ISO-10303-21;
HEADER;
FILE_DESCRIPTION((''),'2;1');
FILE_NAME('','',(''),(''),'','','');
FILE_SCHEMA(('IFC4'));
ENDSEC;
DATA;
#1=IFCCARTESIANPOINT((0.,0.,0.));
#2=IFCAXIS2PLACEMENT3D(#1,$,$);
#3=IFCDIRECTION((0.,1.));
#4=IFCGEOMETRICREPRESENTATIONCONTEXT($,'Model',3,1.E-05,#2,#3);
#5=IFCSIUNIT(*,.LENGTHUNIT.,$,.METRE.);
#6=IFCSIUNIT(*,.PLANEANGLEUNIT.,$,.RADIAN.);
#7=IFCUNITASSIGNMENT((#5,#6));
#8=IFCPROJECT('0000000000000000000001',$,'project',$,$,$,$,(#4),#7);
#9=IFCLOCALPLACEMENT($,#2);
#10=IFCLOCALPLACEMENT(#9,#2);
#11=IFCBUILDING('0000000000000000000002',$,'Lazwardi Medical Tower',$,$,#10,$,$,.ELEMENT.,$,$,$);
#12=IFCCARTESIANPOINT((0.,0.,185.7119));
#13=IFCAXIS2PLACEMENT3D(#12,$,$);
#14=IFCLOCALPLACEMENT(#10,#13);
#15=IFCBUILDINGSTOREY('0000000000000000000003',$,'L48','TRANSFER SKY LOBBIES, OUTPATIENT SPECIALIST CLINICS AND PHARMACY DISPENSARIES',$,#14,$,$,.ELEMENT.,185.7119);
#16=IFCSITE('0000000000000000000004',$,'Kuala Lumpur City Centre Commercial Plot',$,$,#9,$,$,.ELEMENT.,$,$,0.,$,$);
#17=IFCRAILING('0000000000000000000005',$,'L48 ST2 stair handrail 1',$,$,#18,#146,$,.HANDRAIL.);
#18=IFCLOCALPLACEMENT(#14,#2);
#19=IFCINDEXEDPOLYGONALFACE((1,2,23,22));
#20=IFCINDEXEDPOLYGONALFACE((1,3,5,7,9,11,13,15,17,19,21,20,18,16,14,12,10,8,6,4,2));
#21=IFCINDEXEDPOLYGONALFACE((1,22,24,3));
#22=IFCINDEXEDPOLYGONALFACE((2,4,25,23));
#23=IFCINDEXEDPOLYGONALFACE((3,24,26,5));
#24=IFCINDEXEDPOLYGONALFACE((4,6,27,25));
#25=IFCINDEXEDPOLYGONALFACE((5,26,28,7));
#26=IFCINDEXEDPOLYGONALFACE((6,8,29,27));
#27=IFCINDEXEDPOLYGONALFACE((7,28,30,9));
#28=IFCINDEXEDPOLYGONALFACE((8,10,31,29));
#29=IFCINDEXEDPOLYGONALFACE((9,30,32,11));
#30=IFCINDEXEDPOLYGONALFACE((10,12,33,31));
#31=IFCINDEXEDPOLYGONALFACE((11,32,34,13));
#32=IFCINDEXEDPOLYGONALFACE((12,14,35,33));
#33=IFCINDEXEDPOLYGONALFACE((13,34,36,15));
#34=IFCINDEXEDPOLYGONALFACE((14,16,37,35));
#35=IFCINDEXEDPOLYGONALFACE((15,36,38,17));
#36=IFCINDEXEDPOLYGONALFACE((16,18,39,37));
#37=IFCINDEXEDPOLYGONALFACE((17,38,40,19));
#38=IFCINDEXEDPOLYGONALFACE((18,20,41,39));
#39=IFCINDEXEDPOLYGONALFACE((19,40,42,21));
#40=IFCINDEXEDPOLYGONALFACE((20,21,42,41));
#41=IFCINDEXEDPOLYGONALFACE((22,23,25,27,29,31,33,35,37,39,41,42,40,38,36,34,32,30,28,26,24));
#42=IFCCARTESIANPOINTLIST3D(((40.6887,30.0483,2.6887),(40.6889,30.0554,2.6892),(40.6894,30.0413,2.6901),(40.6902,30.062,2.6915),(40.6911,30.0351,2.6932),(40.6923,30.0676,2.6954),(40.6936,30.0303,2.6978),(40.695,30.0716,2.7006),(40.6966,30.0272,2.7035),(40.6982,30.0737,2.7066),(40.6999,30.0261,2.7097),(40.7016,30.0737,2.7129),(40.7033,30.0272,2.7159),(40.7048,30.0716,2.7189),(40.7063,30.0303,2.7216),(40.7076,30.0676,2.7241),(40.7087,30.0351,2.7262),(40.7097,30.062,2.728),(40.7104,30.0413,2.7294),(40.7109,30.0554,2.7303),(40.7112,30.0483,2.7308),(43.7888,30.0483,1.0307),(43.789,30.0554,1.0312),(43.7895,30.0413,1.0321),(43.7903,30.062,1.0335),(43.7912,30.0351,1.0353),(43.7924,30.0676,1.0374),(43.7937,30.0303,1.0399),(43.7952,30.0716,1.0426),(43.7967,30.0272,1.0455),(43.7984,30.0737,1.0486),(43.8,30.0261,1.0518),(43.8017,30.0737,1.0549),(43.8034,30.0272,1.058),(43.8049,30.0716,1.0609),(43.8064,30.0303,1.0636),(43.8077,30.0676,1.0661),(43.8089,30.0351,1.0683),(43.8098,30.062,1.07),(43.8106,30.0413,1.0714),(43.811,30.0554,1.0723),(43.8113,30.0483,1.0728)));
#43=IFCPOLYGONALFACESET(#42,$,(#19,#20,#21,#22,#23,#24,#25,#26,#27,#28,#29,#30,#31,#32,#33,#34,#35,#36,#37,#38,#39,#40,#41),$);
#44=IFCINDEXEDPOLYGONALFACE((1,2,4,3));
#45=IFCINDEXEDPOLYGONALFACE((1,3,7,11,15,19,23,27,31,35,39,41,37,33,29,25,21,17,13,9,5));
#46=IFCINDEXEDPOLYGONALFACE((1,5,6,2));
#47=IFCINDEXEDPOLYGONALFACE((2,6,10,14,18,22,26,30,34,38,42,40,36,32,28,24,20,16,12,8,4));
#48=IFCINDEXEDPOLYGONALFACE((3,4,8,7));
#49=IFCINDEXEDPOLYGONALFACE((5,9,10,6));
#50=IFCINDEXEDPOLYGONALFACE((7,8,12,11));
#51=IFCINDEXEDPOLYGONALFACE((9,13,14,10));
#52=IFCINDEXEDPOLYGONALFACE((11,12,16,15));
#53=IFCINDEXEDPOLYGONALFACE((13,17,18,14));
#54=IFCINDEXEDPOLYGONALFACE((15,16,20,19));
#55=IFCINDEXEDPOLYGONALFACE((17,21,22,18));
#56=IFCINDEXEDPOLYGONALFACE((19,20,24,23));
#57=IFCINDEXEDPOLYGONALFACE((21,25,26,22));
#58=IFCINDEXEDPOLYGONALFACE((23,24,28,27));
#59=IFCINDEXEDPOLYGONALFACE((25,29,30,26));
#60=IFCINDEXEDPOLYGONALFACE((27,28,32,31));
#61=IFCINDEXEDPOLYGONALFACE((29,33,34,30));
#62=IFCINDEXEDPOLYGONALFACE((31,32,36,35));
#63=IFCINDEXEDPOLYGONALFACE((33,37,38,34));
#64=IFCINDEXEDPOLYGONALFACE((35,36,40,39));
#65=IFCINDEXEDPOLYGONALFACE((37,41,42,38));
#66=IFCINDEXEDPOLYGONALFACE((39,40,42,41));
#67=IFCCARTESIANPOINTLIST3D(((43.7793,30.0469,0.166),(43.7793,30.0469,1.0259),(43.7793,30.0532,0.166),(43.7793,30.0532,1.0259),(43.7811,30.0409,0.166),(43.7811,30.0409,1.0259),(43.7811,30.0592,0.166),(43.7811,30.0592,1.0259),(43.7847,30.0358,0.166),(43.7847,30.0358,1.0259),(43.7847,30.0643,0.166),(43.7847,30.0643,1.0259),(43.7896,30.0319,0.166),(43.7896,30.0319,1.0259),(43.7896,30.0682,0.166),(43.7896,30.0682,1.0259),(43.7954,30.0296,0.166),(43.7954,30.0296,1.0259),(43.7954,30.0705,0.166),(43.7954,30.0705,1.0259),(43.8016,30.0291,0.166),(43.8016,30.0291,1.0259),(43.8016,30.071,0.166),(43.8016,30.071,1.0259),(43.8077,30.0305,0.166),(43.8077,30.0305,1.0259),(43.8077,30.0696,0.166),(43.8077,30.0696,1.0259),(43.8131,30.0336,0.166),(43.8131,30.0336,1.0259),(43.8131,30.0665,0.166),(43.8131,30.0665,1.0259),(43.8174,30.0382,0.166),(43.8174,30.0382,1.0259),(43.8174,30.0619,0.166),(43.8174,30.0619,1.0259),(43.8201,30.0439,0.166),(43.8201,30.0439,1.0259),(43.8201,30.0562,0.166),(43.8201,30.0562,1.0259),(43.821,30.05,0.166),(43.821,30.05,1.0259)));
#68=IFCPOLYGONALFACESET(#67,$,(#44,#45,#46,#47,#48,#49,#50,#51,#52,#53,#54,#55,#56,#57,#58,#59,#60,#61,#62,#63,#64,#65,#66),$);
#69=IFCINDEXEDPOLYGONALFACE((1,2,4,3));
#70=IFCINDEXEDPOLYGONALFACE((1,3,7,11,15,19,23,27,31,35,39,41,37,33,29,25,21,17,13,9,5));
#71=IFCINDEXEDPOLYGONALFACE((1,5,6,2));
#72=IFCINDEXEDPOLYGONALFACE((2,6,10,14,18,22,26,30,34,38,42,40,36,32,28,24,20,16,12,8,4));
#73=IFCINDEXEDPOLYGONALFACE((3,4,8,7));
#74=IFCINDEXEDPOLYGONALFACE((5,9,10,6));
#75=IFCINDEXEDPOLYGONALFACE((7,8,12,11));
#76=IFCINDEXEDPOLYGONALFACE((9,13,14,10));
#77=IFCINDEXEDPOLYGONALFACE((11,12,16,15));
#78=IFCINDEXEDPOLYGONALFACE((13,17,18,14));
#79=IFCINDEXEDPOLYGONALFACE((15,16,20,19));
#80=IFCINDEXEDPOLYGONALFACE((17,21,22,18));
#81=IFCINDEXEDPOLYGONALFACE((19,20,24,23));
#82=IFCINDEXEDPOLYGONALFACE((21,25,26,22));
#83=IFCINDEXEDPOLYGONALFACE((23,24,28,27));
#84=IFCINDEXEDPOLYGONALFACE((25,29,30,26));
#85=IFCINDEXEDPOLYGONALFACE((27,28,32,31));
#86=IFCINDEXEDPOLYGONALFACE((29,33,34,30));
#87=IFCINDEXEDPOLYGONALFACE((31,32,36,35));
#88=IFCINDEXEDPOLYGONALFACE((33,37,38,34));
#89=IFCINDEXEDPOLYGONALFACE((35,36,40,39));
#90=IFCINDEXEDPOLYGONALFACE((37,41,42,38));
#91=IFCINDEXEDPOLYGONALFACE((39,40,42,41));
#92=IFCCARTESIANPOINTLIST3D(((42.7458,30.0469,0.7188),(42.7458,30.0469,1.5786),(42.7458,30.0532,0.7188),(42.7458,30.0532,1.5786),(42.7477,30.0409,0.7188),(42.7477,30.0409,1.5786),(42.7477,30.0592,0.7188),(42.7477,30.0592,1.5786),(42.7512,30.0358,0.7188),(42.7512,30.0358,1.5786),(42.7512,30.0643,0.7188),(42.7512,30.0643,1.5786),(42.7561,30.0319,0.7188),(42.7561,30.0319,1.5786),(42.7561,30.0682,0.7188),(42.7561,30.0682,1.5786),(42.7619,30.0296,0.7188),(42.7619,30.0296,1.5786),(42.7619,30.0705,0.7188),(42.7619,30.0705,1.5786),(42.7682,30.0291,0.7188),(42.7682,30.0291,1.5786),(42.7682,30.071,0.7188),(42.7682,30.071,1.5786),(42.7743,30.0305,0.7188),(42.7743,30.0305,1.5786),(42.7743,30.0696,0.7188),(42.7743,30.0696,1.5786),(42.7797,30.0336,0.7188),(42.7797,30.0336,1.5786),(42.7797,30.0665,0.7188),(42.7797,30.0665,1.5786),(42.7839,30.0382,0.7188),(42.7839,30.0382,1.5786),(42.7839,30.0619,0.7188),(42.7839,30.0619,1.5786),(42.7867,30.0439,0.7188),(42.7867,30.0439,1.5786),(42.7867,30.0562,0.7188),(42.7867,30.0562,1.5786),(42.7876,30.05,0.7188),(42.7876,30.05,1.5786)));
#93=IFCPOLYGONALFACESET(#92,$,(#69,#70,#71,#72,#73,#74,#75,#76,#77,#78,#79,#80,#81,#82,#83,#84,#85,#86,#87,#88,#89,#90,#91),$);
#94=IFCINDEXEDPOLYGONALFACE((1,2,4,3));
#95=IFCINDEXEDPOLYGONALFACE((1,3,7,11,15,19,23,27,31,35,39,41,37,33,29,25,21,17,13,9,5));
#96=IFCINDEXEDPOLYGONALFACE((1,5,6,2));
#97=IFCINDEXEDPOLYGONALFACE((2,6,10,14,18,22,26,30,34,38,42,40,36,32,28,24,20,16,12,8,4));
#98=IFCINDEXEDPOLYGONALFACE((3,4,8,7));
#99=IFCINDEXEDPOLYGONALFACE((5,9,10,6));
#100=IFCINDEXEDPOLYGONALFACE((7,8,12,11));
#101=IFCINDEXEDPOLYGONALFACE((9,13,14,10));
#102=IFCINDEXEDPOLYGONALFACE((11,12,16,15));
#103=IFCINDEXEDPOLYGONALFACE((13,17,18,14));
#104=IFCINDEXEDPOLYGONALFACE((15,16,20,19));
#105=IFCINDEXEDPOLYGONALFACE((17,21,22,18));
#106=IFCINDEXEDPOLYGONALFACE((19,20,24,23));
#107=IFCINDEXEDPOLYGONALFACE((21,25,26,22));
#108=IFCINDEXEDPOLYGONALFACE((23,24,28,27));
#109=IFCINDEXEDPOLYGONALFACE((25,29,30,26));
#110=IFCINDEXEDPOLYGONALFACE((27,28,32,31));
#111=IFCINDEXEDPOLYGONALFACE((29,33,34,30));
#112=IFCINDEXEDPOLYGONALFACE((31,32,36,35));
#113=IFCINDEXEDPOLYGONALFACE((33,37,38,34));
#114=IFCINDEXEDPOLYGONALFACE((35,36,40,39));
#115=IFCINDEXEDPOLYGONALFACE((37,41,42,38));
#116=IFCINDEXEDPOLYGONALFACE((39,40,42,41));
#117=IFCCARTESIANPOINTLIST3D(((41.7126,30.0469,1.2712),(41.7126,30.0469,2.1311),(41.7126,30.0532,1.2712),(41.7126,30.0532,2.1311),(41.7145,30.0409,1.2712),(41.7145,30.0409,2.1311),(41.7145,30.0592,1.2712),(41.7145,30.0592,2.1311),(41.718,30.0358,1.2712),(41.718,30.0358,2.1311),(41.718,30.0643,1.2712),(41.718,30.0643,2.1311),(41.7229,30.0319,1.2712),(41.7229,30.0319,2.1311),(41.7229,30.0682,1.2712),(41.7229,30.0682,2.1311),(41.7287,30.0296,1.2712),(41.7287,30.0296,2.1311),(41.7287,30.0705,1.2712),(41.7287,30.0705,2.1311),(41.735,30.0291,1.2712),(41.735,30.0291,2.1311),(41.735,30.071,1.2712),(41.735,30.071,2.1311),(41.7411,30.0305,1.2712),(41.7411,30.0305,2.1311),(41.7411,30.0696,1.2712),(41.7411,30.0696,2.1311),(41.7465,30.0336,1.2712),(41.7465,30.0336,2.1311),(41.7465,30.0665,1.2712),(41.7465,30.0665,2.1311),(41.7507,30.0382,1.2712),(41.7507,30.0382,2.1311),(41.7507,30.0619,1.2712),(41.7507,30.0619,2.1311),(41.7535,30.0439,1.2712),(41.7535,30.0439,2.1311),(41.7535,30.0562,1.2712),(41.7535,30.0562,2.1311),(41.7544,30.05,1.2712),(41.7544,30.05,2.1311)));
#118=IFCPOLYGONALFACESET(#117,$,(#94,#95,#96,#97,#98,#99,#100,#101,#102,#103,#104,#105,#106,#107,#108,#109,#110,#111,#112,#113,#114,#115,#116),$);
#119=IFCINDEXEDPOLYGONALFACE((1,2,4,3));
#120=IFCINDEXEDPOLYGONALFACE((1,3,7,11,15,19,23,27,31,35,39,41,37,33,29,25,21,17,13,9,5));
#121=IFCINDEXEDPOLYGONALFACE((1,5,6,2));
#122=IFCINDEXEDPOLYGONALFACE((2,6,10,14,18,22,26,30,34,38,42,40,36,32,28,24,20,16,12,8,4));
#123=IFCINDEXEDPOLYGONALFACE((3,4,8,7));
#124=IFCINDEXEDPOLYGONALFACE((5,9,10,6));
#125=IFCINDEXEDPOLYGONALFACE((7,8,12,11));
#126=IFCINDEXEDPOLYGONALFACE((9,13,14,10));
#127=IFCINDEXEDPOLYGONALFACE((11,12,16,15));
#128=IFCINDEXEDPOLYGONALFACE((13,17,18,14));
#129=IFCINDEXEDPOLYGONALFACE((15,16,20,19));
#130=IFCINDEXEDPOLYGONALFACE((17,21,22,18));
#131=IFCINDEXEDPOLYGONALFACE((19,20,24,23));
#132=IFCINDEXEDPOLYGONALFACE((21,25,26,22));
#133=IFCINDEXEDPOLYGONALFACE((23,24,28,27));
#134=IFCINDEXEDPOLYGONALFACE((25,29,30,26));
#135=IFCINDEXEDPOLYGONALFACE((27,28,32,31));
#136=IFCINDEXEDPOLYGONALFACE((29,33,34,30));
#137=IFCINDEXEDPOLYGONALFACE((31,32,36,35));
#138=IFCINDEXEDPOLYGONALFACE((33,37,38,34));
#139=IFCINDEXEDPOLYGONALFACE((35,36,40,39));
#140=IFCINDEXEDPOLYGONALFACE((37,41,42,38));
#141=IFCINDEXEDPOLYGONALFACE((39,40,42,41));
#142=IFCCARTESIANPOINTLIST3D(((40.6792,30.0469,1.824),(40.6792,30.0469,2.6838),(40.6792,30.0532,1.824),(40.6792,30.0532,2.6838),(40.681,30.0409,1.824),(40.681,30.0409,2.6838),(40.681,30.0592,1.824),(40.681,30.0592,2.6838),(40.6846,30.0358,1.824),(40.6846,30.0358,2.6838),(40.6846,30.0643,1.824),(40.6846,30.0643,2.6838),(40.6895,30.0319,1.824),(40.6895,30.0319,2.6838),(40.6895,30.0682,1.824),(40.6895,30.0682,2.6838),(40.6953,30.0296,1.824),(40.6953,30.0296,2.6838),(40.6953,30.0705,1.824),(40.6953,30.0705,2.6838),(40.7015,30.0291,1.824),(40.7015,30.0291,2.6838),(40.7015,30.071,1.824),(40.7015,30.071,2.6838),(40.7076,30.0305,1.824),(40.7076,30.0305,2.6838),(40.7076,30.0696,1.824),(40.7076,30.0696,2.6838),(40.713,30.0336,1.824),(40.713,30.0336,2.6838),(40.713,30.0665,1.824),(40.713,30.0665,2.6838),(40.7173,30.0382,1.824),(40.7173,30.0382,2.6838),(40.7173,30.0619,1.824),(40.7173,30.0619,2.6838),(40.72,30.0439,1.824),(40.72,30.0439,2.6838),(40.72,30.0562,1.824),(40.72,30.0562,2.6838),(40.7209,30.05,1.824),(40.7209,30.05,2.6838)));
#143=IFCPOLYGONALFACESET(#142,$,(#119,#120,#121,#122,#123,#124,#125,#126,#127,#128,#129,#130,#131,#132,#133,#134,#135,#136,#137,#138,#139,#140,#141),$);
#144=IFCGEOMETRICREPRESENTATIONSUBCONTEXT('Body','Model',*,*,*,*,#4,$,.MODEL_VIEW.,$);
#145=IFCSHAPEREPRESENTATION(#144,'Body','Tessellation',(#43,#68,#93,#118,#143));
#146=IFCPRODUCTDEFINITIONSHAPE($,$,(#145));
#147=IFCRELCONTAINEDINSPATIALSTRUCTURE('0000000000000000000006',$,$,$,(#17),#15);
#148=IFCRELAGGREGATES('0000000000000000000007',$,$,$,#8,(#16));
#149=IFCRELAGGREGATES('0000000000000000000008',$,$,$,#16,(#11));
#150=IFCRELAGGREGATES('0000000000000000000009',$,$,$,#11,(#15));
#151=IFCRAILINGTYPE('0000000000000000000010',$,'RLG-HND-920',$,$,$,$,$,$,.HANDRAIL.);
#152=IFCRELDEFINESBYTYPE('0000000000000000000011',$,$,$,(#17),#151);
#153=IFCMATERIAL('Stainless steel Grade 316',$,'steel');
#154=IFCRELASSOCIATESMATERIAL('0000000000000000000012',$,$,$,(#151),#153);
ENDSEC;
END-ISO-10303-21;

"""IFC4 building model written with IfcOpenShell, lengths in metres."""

from ifc_helpers import new_model, si_unit, direction, frame, origin, origin_2d, place, context, subcontext, project, spatial, circle, extrude, material, type_object, element, save


model = new_model("IFC4")

# Units and contexts
model_context = context("Model", 3, precision=1e-05, world=origin(), true_north=direction((0.0, 1.0)))
body_context = subcontext(model_context, "Body", "Model", "MODEL_VIEW")
ifc_project = project(units=[si_unit("LENGTHUNIT", "METRE"), si_unit("PLANEANGLEUNIT", "RADIAN")], contexts=[model_context])

# Site, building, storey
site_placement = place(None, origin())
site = spatial("IfcSite", under=ifc_project, at=site_placement, Name="Kuala Lumpur City Centre Commercial Plot", CompositionType="ELEMENT", RefElevation=0.0)
building_placement = place(site_placement, origin())
building = spatial("IfcBuilding", under=site, at=building_placement, Name="Lazwardi Medical Tower", CompositionType="ELEMENT")
storey_placement = place(building_placement, frame((0.0, 0.0, 185.7119)))
storey = spatial("IfcBuildingStorey", under=building, at=storey_placement, Name="L48", Description="TRANSFER SKY LOBBIES, OUTPATIENT SPECIALIST CLINICS AND PHARMACY DISPENSARIES", CompositionType="ELEMENT", Elevation=185.7119)

# Railing
ifc_material_1 = material(Name="Stainless steel Grade 316", Category="steel")
railing_type_1 = type_object("IfcRailingType", Name="RLG-HND-920", PredefinedType="HANDRAIL", material=ifc_material_1)
railing_1_placement = place(storey_placement, frame((43.8, 30.05, 0.166)))
element("IfcRailing", 1, at=railing_1_placement, inside=storey, type_object=railing_type_1, Name="L48 ST2 stair handrail 1", PredefinedType="HANDRAIL", context=body_context, shape_type="SweptSolid", body=[
    extrude(circle(Radius=0.0239, at=origin_2d()), frame((0.0, 0.0, 0.8857), z_axis=(-0.881812, 0.0, 0.471601), x_axis=(0.0, -1.0, 0.0)), (0.0, 0.0, 1.0), 3.5156),
    extrude(circle(Radius=0.021, at=origin_2d()), origin(), (0.0, 0.0, 1.0), 0.8599),
    extrude(circle(Radius=0.021, at=origin_2d()), frame((-1.0334, 0.0, 0.5527)), (0.0, 0.0, 1.0), 0.8599),
    extrude(circle(Radius=0.021, at=origin_2d()), frame((-2.0667, 0.0, 1.1052)), (0.0, 0.0, 1.0), 0.8599),
    extrude(circle(Radius=0.021, at=origin_2d()), frame((-3.1001, 0.0, 1.658)), (0.0, 0.0, 1.0), 0.8599),
])

save(model, "model.ifc")
